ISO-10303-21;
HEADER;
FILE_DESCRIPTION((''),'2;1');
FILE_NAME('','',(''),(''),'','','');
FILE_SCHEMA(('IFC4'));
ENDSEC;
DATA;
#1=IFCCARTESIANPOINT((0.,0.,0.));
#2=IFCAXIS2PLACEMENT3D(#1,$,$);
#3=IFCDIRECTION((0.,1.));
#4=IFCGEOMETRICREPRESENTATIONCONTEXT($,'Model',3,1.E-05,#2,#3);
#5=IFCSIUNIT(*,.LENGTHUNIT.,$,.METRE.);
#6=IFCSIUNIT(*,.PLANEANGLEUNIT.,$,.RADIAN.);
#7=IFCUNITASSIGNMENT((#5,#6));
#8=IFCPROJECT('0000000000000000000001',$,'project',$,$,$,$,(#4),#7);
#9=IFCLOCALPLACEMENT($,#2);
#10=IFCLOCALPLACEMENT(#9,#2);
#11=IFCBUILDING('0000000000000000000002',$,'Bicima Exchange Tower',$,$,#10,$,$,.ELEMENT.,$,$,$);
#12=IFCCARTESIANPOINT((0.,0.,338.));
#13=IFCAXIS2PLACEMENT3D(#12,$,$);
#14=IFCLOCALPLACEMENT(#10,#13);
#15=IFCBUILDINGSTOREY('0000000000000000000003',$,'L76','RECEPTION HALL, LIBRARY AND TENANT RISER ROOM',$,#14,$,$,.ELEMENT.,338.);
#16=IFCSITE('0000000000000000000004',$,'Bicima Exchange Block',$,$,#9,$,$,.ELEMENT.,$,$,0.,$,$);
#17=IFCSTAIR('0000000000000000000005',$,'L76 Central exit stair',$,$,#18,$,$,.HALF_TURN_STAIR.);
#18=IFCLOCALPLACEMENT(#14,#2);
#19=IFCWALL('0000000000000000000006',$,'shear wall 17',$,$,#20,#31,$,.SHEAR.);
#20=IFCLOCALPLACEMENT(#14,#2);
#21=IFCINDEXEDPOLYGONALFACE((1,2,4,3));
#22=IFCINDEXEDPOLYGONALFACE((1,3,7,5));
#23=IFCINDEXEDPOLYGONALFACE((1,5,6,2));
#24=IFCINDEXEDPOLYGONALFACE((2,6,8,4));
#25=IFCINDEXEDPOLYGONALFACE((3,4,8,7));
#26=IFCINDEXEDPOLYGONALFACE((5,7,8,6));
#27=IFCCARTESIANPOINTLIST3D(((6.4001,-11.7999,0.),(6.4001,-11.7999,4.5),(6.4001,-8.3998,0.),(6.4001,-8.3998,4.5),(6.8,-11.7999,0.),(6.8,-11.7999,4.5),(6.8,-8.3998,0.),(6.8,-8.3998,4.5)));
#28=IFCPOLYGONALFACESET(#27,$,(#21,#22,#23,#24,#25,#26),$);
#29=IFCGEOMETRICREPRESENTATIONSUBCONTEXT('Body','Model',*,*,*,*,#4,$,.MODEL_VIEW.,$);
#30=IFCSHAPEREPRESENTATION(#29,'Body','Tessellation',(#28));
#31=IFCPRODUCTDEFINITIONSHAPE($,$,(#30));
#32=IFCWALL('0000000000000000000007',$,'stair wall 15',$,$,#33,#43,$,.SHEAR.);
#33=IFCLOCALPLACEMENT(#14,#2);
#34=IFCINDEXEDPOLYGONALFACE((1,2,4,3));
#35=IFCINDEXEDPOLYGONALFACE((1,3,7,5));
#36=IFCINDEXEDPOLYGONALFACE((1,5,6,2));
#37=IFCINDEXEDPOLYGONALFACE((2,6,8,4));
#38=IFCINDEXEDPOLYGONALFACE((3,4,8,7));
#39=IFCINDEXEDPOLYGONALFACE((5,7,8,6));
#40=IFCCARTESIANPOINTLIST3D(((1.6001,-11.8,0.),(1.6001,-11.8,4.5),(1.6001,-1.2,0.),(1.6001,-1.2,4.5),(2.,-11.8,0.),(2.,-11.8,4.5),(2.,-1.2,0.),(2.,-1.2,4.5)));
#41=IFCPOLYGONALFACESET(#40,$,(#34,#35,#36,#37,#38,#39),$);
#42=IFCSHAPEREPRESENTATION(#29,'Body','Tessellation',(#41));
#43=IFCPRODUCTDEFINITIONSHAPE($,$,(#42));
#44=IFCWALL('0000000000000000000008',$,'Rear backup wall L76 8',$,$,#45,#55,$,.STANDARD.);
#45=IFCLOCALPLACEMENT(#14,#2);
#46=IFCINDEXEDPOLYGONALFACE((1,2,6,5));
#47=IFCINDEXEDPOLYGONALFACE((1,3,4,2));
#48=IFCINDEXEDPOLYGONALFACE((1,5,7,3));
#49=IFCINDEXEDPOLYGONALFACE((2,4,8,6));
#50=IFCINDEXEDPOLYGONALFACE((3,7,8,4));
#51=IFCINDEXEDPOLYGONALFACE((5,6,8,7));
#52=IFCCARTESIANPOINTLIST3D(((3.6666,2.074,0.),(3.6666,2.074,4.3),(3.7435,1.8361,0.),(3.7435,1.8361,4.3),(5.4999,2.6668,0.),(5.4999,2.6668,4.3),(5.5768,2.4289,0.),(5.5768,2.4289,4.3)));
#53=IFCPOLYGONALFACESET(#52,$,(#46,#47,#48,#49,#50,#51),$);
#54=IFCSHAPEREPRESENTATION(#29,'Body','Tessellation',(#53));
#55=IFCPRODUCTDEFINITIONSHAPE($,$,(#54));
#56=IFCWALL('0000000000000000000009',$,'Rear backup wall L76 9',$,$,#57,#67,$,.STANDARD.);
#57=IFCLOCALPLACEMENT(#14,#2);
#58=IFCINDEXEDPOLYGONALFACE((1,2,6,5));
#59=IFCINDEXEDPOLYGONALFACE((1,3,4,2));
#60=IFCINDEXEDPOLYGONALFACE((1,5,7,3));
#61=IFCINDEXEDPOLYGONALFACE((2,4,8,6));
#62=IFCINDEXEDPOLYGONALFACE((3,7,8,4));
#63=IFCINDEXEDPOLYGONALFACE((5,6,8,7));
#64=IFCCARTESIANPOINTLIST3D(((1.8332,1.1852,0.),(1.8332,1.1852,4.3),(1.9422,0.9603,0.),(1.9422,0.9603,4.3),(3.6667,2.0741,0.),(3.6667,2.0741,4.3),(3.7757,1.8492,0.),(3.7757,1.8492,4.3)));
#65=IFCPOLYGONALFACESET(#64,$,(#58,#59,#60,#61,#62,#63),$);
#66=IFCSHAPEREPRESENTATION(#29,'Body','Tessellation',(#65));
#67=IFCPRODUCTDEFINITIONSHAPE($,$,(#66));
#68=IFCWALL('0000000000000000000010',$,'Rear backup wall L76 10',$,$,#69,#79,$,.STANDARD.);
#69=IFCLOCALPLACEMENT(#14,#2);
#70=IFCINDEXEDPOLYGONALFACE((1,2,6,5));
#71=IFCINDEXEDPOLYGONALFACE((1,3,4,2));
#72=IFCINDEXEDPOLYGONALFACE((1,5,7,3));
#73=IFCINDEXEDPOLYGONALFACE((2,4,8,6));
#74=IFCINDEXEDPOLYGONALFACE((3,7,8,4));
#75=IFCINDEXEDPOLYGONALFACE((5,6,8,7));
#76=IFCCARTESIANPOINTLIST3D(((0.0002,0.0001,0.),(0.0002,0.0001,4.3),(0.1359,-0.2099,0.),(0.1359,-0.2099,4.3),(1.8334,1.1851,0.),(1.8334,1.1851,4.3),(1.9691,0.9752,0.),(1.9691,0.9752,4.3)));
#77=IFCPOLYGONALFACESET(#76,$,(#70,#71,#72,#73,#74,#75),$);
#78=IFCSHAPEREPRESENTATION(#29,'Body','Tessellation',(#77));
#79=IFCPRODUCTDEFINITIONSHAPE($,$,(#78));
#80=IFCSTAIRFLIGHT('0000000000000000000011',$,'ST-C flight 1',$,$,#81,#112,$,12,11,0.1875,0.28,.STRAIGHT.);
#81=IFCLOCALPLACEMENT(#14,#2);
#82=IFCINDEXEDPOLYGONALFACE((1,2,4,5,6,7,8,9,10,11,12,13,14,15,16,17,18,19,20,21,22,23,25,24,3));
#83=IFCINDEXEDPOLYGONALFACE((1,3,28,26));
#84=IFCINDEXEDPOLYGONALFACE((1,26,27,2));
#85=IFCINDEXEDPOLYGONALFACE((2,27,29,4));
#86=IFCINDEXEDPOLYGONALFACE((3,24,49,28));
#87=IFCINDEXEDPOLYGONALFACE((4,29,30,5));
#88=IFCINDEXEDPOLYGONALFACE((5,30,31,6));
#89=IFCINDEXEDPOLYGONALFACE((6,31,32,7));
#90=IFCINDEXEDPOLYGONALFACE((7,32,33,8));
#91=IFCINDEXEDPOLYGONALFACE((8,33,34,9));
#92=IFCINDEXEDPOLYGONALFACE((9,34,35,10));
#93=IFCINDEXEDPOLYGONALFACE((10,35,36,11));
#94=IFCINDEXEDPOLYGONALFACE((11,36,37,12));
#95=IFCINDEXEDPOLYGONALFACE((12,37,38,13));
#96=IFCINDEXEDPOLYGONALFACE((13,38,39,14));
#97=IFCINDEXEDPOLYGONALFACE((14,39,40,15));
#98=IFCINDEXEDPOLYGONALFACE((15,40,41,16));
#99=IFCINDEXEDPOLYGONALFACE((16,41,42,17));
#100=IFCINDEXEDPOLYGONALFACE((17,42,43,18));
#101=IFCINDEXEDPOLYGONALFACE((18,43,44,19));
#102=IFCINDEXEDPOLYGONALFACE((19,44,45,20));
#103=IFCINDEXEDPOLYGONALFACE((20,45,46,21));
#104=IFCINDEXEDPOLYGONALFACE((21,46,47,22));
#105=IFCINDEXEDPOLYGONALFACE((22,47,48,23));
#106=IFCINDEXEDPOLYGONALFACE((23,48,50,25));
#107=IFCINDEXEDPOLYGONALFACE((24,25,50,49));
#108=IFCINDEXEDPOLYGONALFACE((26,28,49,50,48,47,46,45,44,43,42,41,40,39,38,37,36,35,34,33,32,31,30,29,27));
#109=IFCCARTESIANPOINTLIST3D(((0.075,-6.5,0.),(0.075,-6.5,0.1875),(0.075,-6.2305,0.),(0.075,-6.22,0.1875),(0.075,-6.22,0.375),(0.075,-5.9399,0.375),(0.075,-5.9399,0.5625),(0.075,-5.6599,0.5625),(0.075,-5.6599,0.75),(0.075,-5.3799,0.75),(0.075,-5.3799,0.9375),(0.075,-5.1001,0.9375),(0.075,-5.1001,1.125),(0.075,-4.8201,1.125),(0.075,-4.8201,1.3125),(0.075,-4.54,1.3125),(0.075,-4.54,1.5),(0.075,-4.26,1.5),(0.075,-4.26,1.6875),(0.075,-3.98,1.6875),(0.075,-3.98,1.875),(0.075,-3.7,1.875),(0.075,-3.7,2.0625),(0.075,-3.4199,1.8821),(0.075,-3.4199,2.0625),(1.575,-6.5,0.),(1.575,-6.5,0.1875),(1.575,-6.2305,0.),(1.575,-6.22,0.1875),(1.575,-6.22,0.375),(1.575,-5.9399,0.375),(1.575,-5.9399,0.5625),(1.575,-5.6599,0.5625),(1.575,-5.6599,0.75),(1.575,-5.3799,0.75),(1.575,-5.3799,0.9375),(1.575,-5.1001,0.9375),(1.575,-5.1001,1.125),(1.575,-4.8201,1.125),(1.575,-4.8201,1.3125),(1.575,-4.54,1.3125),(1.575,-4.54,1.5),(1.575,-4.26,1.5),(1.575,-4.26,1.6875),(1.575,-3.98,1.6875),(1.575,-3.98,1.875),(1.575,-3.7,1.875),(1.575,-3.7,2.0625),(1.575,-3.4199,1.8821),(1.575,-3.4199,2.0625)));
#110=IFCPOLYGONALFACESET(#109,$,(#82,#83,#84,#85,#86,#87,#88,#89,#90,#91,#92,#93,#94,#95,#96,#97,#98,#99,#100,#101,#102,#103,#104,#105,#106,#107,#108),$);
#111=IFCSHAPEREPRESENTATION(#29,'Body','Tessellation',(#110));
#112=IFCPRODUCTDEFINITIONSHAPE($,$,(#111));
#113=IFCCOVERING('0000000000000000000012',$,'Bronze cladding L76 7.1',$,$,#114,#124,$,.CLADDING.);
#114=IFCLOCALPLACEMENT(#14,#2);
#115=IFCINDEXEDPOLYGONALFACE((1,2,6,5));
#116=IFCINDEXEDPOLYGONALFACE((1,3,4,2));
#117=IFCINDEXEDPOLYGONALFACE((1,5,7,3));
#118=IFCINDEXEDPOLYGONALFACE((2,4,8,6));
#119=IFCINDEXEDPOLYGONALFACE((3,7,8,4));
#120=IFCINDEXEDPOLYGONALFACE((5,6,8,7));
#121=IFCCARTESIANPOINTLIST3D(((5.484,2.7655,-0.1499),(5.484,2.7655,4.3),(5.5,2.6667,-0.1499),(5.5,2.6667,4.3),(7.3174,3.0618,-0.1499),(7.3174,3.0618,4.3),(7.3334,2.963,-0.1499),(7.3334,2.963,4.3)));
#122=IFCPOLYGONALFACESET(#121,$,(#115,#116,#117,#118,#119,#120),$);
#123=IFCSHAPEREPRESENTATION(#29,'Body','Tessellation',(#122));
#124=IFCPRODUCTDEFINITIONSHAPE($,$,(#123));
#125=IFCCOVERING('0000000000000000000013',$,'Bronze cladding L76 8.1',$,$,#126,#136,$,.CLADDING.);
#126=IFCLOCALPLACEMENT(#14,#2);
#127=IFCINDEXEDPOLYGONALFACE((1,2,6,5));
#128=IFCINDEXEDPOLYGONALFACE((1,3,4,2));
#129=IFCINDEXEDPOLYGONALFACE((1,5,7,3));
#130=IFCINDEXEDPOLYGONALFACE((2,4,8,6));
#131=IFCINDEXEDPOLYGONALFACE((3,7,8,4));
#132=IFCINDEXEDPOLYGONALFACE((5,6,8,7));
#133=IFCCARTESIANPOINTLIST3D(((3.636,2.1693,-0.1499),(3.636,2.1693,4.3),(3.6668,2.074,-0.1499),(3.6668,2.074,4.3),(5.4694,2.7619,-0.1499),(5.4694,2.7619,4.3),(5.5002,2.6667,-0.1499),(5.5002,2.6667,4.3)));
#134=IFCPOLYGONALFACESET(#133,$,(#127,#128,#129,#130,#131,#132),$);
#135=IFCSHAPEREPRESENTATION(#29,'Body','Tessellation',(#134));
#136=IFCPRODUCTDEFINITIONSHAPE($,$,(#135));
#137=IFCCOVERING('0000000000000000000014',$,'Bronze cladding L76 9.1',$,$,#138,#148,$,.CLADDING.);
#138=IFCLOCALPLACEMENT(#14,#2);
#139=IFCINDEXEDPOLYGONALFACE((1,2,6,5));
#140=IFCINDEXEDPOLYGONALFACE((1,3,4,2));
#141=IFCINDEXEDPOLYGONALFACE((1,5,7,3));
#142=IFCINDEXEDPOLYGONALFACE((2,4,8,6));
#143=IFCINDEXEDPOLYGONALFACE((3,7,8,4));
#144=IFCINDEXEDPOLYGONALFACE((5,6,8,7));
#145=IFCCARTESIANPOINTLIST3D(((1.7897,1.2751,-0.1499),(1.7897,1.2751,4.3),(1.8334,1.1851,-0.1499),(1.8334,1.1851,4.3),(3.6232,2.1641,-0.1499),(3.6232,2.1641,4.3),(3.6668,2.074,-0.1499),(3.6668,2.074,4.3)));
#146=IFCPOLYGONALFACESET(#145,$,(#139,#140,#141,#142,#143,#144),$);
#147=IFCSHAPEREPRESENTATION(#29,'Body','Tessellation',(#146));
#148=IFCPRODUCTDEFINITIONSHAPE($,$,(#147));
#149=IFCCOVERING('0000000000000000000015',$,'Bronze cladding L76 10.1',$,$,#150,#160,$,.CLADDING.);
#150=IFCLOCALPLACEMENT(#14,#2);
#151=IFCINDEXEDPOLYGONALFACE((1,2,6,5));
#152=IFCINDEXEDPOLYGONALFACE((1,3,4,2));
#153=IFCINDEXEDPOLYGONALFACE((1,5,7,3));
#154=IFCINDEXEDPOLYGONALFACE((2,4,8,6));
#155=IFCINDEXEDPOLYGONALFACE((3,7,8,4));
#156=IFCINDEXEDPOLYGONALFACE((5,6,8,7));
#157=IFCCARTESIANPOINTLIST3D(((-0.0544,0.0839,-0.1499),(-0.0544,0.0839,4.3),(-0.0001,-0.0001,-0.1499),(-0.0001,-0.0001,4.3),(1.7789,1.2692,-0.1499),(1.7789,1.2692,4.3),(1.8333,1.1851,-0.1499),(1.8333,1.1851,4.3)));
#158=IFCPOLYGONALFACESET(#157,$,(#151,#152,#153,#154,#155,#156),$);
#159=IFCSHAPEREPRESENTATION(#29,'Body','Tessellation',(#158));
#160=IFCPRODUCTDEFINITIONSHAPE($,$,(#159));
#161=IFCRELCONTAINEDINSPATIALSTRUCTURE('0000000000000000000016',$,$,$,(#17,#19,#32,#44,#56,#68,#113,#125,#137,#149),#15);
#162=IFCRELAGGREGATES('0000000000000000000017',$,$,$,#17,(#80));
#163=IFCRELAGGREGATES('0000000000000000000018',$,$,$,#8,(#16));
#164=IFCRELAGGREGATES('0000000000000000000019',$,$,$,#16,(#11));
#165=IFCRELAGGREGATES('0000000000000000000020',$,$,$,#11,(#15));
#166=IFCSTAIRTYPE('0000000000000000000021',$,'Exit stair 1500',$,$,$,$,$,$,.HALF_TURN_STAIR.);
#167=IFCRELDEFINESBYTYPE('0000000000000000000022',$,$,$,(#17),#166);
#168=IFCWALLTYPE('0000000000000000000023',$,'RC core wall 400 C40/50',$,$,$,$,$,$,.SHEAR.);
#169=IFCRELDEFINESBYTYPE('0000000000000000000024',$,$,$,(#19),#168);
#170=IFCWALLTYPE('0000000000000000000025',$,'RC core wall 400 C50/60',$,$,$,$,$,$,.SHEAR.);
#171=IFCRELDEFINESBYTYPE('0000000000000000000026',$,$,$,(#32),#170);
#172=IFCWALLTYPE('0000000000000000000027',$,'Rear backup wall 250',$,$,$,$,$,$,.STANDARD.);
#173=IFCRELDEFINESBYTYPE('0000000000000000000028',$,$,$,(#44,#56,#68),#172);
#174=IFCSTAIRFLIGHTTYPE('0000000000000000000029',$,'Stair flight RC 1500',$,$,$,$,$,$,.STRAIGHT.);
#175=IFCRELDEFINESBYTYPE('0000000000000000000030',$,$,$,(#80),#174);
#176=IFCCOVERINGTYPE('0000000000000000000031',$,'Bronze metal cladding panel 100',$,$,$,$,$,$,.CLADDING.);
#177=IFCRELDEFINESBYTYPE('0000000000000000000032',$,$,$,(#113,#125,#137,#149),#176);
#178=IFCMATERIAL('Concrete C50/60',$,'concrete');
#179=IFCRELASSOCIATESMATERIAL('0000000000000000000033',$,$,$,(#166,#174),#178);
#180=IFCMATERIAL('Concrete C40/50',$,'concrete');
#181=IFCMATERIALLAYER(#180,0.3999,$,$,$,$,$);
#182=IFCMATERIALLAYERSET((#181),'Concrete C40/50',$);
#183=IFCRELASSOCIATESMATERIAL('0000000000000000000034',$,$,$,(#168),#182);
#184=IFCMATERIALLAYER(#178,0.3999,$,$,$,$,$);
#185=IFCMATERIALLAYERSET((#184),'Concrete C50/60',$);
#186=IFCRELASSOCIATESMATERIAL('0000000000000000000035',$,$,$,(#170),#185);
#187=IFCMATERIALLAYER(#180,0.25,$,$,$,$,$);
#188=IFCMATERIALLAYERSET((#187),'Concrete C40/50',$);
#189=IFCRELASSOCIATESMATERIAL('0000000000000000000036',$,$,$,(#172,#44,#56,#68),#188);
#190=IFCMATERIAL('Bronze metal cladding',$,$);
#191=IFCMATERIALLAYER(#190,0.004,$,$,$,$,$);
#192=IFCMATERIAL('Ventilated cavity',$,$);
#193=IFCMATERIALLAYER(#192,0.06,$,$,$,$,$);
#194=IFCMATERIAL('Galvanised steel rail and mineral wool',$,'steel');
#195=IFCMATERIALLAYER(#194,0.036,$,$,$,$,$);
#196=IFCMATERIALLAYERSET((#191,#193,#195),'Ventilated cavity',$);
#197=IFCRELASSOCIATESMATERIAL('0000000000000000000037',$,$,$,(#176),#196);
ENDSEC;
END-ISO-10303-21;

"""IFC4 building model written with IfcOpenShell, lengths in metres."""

from ifc_helpers import new_model, si_unit, direction, frame, frame_2d, origin, origin_2d, place, context, subcontext, project, spatial, polyline, rectangle, outline, extrude, material, layer, layer_set, layer_usage, type_object, element, aggregate, save


model = new_model("IFC4")

# Units and contexts
model_context = context("Model", 3, precision=1e-05, world=origin(), true_north=direction((0.0, 1.0)))
body_context = subcontext(model_context, "Body", "Model", "MODEL_VIEW")
ifc_project = project(units=[si_unit("LENGTHUNIT", "METRE"), si_unit("PLANEANGLEUNIT", "RADIAN")], contexts=[model_context])

# Site, building, storey
site_placement = place(None, origin())
site = spatial("IfcSite", under=ifc_project, at=site_placement, Name="Bicima Exchange Block", CompositionType="ELEMENT", RefElevation=0.0)
building_placement = place(site_placement, origin())
building = spatial("IfcBuilding", under=site, at=building_placement, Name="Bicima Exchange Tower", CompositionType="ELEMENT")
storey_placement = place(building_placement, frame((0.0, 0.0, 338.0)))
storey = spatial("IfcBuildingStorey", under=building, at=storey_placement, Name="L76", Description="RECEPTION HALL, LIBRARY AND TENANT RISER ROOM", CompositionType="ELEMENT", Elevation=338.0)

# Shared definitions
ifc_material_1 = material(Name="Concrete C40/50", Category="concrete")

# Stair
ifc_material_2 = material(Name="Concrete C50/60", Category="concrete")
stair_type_1 = type_object("IfcStairType", Name="Exit stair 1500", PredefinedType="HALF_TURN_STAIR", material=ifc_material_2)
stair_1_placement = place(storey_placement, origin())
stair_1 = element("IfcStair", 1, at=stair_1_placement, inside=storey, type_object=stair_type_1, Name="L76 Central exit stair", PredefinedType="HALF_TURN_STAIR")

# Shared definitions
ifc_layer_1 = layer(ifc_material_1, 0.3999)
ifc_layer_set_1 = layer_set([ifc_layer_1], Name="Concrete C40/50")
wall_type_1 = type_object("IfcWallType", Name="RC core wall 400 C40/50", PredefinedType="SHEAR", material=ifc_layer_set_1)

# Walls
wall_1_placement = place(storey_placement, frame((6.6001, -11.8, 0.0), z_axis=(0.0, 0.0, 1.0), x_axis=(0.0, 1.0, 0.0)))
element("IfcWall", 2, at=wall_1_placement, inside=storey, type_object=wall_type_1, Name="shear wall 17", PredefinedType="SHEAR", context=body_context, shape_type="SweptSolid", body=[
    extrude(rectangle(XDim=3.4001, YDim=0.3999, at=frame_2d((1.7002, 0.0))), origin(), (0.0, 0.0, 1.0), 4.5),
])
ifc_layer_2 = layer(ifc_material_2, 0.3999)
ifc_layer_set_2 = layer_set([ifc_layer_2], Name="Concrete C50/60")
wall_type_2 = type_object("IfcWallType", Name="RC core wall 400 C50/60", PredefinedType="SHEAR", material=ifc_layer_set_2)
wall_2_placement = place(storey_placement, frame((1.8, -11.8, 0.0), z_axis=(0.0, 0.0, 1.0), x_axis=(0.0, 1.0, 0.0)))
element("IfcWall", 3, at=wall_2_placement, inside=storey, type_object=wall_type_2, Name="stair wall 15", PredefinedType="SHEAR", context=body_context, shape_type="SweptSolid", body=[
    extrude(rectangle(XDim=10.6001, YDim=0.3999, at=frame_2d((5.3, 0.0))), origin(), (0.0, 0.0, 1.0), 4.5),
])
ifc_layer_3 = layer(ifc_material_1, 0.25)
ifc_layer_set_3 = layer_set([ifc_layer_3], Name="Concrete C40/50")
ifc_layer_usage = layer_usage(ifc_layer_set_3, "AXIS2", "POSITIVE", -0.125)
wall_type_3 = type_object("IfcWallType", Name="Rear backup wall 250", PredefinedType="STANDARD", material=ifc_layer_set_3)
wall_3_placement = place(storey_placement, frame((5.5383, 2.5479, 0.0), z_axis=(0.0, 0.0, 1.0), x_axis=(-0.951496, -0.307662, 0.0)))
element("IfcWall", 4, at=wall_3_placement, inside=storey, type_object=wall_type_3, material=ifc_layer_usage, Name="Rear backup wall L76 8", PredefinedType="STANDARD", context=body_context, shape_type="SweptSolid", body=[
    extrude(rectangle(XDim=1.9268, YDim=0.25, at=frame_2d((0.9634, 0.0))), origin(), (0.0, 0.0, 1.0), 4.3),
])
wall_4_placement = place(storey_placement, frame((3.7212, 1.9617, 0.0), z_axis=(0.0, 0.0, 1.0), x_axis=(-0.899824, -0.436253, 0.0)))
element("IfcWall", 5, at=wall_4_placement, inside=storey, type_object=wall_type_3, material=ifc_layer_usage, Name="Rear backup wall L76 9", PredefinedType="STANDARD", context=body_context, shape_type="SweptSolid", body=[
    extrude(rectangle(XDim=2.0376, YDim=0.25, at=frame_2d((1.0188, 0.0))), origin(), (0.0, 0.0, 1.0), 4.3),
])
wall_5_placement = place(storey_placement, frame((1.9011, 1.0801, 0.0), z_axis=(0.0, 0.0, 1.0), x_axis=(-0.839813, -0.542876, 0.0)))
element("IfcWall", 6, at=wall_5_placement, inside=storey, type_object=wall_type_3, material=ifc_layer_usage, Name="Rear backup wall L76 10", PredefinedType="STANDARD", context=body_context, shape_type="SweptSolid", body=[
    extrude(rectangle(XDim=2.1829, YDim=0.25, at=frame_2d((1.0913, 0.0))), origin(), (0.0, 0.0, 1.0), 4.3),
])

# Stair flight
stair_flight_type = type_object("IfcStairFlightType", Name="Stair flight RC 1500", PredefinedType="STRAIGHT", material=ifc_material_2)
stair_flight_placement = place(storey_placement, frame((0.825, -6.5, 0.0), z_axis=(0.0, 0.0, 1.0), x_axis=(0.0, 1.0, 0.0)))
stair_flight = element("IfcStairFlight", 7, at=stair_flight_placement, type_object=stair_flight_type, Name="ST-C flight 1", NumberOfRisers=12, NumberOfTreads=11, PredefinedType="STRAIGHT", RiserHeight=0.1875, TreadLength=0.28, context=body_context, shape_type="SweptSolid", body=[
    extrude(outline(polyline([(0.0, 0.0), (0.0, 0.1875), (0.28, 0.1875), (0.28, 0.375), (0.5601, 0.375), (0.5601, 0.5625), (0.8401, 0.5625), (0.8401, 0.75), (1.1201, 0.75), (1.1201, 0.9375), (1.3999, 0.9375), (1.3999, 1.125), (1.6799, 1.125), (1.6799, 1.3125), (1.96, 1.3125), (1.96, 1.5), (2.24, 1.5), (2.24, 1.6875), (2.52, 1.6875), (2.52, 1.875), (2.8, 1.875), (2.8, 2.0625), (3.0801, 2.0625), (3.0801, 2.25), (3.0801, 1.8821), (0.2695, 0.0), (0.0, 0.0)])), frame((0.0, 0.75, 0.0), z_axis=(0.0, -1.0, 0.0), x_axis=(1.0, 0.0, 0.0)), (0.0, 0.0, 1.0), 1.5),
])
aggregate(stair_1, [stair_flight])

# Coverings
ifc_material_3 = material(Name="Bronze metal cladding")
ifc_layer_4 = layer(ifc_material_3, 0.004)
ifc_material_4 = material(Name="Ventilated cavity")
ifc_layer_5 = layer(ifc_material_4, 0.06)
ifc_material_5 = material(Name="Galvanised steel rail and mineral wool", Category="steel")
ifc_layer_6 = layer(ifc_material_5, 0.036)
ifc_layer_set_4 = layer_set([ifc_layer_4, ifc_layer_5, ifc_layer_6], Name="Ventilated cavity")
covering_type = type_object("IfcCoveringType", Name="Bronze metal cladding panel 100", PredefinedType="CLADDING", material=ifc_layer_set_4)
covering_1_placement = place(storey_placement, frame((6.4087, 2.8643, -0.1499), z_axis=(0.0, 0.0, 1.0), x_axis=(-0.98719, -0.15955, 0.0)))
element("IfcCovering", 8, at=covering_1_placement, inside=storey, type_object=covering_type, Name="Bronze cladding L76 7.1", PredefinedType="CLADDING", context=body_context, shape_type="SweptSolid", body=[
    extrude(rectangle(XDim=1.8572, YDim=0.1001, at=origin_2d()), origin(), (0.0, 0.0, 1.0), 4.45),
])
covering_2_placement = place(storey_placement, frame((4.5681, 2.418, -0.1499), z_axis=(0.0, 0.0, 1.0), x_axis=(-0.951525, -0.307573, 0.0)))
element("IfcCovering", 9, at=covering_2_placement, inside=storey, type_object=covering_type, Name="Bronze cladding L76 8.1", PredefinedType="CLADDING", context=body_context, shape_type="SweptSolid", body=[
    extrude(rectangle(XDim=1.9268, YDim=0.1001, at=origin_2d()), origin(), (0.0, 0.0, 1.0), 4.45),
])
covering_3_placement = place(storey_placement, frame((2.7283, 1.6746, -0.1499), z_axis=(0.0, 0.0, 1.0), x_axis=(-0.899818, -0.436265, 0.0)))
element("IfcCovering", 10, at=covering_3_placement, inside=storey, type_object=covering_type, Name="Bronze cladding L76 9.1", PredefinedType="CLADDING", context=body_context, shape_type="SweptSolid", body=[
    extrude(rectangle(XDim=2.0376, YDim=0.1001, at=origin_2d()), origin(), (0.0, 0.0, 1.0), 4.45),
])
covering_4_placement = place(storey_placement, frame((0.8894, 0.6345, -0.1499), z_axis=(0.0, 0.0, 1.0), x_axis=(-0.83979, -0.542911, 0.0)))
element("IfcCovering", 11, at=covering_4_placement, inside=storey, type_object=covering_type, Name="Bronze cladding L76 10.1", PredefinedType="CLADDING", context=body_context, shape_type="SweptSolid", body=[
    extrude(rectangle(XDim=2.1831, YDim=0.1001, at=origin_2d()), origin(), (0.0, 0.0, 1.0), 4.45),
])

save(model, "model.ifc")
